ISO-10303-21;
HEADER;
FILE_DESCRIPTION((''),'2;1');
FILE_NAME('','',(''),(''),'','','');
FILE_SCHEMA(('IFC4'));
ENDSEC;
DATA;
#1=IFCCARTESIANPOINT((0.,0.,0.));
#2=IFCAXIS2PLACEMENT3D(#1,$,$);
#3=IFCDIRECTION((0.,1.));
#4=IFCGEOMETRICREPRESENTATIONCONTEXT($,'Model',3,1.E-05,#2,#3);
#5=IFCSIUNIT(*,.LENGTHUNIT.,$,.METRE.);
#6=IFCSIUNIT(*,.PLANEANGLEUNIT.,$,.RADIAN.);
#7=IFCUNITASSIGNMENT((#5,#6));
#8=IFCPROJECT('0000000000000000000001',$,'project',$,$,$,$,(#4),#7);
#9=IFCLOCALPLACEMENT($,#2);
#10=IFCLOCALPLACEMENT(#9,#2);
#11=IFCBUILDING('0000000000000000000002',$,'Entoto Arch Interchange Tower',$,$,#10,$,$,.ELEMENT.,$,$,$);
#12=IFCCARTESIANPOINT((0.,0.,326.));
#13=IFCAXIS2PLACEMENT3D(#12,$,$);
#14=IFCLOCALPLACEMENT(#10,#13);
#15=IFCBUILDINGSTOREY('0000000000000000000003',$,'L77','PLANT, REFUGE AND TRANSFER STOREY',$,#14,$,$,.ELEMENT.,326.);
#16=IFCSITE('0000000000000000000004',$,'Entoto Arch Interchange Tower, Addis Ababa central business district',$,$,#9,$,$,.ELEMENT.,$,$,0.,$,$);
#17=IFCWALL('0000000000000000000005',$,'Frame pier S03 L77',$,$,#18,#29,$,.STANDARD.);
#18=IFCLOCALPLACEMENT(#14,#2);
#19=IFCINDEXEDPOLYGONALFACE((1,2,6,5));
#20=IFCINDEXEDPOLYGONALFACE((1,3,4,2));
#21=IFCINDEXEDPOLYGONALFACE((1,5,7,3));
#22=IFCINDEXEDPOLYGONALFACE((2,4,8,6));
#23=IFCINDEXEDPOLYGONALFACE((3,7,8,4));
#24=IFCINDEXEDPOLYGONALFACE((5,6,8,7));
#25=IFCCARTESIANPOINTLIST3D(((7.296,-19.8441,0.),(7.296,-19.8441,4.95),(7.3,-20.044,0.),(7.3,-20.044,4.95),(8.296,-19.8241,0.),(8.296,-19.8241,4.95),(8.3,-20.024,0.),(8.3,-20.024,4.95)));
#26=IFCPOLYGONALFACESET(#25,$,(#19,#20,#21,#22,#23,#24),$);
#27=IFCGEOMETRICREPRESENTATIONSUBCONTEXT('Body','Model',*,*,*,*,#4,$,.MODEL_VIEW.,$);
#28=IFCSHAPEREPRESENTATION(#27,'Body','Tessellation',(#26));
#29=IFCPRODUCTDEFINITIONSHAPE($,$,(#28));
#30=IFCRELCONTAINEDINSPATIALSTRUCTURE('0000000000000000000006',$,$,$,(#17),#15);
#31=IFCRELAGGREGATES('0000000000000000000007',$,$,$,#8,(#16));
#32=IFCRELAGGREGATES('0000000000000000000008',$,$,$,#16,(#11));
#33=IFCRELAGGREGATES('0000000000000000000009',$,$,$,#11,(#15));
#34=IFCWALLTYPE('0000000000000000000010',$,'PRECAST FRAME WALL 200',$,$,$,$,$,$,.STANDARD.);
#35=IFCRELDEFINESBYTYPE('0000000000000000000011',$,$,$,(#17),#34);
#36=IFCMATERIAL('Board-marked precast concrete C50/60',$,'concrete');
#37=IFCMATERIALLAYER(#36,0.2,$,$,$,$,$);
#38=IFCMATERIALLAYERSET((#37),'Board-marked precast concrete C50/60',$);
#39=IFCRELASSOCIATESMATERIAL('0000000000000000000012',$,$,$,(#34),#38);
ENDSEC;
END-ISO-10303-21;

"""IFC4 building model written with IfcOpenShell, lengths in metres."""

from ifc_helpers import new_model, si_unit, direction, frame, frame_2d, origin, place, context, subcontext, project, spatial, rectangle, extrude, material, layer, layer_set, type_object, element, save


model = new_model("IFC4")

# Units and contexts
model_context = context("Model", 3, precision=1e-05, world=origin(), true_north=direction((0.0, 1.0)))
body_context = subcontext(model_context, "Body", "Model", "MODEL_VIEW")
ifc_project = project(units=[si_unit("LENGTHUNIT", "METRE"), si_unit("PLANEANGLEUNIT", "RADIAN")], contexts=[model_context])

# Site, building, storey
site_placement = place(None, origin())
site = spatial("IfcSite", under=ifc_project, at=site_placement, Name="Entoto Arch Interchange Tower, Addis Ababa central business district", CompositionType="ELEMENT", RefElevation=0.0)
building_placement = place(site_placement, origin())
building = spatial("IfcBuilding", under=site, at=building_placement, Name="Entoto Arch Interchange Tower", CompositionType="ELEMENT")
storey_placement = place(building_placement, frame((0.0, 0.0, 326.0)))
storey = spatial("IfcBuildingStorey", under=building, at=storey_placement, Name="L77", Description="PLANT, REFUGE AND TRANSFER STOREY", CompositionType="ELEMENT", Elevation=326.0)

# Wall
ifc_material_1 = material(Name="Board-marked precast concrete C50/60", Category="concrete")
ifc_layer_1 = layer(ifc_material_1, 0.2)
ifc_layer_set_1 = layer_set([ifc_layer_1], Name="Board-marked precast concrete C50/60")
wall_type_1 = type_object("IfcWallType", Name="PRECAST FRAME WALL 200", PredefinedType="STANDARD", material=ifc_layer_set_1)
wall_1_placement = place(storey_placement, frame((7.2981, -19.9441, 0.0), z_axis=(0.0, 0.0, 1.0), x_axis=(0.9998, 0.020016, 0.0)))
element("IfcWall", 1, at=wall_1_placement, inside=storey, type_object=wall_type_1, Name="Frame pier S03 L77", PredefinedType="STANDARD", context=body_context, shape_type="SweptSolid", body=[
    extrude(rectangle(XDim=1.0002, YDim=0.2, at=frame_2d((0.5, 0.0))), origin(), (0.0, 0.0, 1.0), 4.95),
])

save(model, "model.ifc")
